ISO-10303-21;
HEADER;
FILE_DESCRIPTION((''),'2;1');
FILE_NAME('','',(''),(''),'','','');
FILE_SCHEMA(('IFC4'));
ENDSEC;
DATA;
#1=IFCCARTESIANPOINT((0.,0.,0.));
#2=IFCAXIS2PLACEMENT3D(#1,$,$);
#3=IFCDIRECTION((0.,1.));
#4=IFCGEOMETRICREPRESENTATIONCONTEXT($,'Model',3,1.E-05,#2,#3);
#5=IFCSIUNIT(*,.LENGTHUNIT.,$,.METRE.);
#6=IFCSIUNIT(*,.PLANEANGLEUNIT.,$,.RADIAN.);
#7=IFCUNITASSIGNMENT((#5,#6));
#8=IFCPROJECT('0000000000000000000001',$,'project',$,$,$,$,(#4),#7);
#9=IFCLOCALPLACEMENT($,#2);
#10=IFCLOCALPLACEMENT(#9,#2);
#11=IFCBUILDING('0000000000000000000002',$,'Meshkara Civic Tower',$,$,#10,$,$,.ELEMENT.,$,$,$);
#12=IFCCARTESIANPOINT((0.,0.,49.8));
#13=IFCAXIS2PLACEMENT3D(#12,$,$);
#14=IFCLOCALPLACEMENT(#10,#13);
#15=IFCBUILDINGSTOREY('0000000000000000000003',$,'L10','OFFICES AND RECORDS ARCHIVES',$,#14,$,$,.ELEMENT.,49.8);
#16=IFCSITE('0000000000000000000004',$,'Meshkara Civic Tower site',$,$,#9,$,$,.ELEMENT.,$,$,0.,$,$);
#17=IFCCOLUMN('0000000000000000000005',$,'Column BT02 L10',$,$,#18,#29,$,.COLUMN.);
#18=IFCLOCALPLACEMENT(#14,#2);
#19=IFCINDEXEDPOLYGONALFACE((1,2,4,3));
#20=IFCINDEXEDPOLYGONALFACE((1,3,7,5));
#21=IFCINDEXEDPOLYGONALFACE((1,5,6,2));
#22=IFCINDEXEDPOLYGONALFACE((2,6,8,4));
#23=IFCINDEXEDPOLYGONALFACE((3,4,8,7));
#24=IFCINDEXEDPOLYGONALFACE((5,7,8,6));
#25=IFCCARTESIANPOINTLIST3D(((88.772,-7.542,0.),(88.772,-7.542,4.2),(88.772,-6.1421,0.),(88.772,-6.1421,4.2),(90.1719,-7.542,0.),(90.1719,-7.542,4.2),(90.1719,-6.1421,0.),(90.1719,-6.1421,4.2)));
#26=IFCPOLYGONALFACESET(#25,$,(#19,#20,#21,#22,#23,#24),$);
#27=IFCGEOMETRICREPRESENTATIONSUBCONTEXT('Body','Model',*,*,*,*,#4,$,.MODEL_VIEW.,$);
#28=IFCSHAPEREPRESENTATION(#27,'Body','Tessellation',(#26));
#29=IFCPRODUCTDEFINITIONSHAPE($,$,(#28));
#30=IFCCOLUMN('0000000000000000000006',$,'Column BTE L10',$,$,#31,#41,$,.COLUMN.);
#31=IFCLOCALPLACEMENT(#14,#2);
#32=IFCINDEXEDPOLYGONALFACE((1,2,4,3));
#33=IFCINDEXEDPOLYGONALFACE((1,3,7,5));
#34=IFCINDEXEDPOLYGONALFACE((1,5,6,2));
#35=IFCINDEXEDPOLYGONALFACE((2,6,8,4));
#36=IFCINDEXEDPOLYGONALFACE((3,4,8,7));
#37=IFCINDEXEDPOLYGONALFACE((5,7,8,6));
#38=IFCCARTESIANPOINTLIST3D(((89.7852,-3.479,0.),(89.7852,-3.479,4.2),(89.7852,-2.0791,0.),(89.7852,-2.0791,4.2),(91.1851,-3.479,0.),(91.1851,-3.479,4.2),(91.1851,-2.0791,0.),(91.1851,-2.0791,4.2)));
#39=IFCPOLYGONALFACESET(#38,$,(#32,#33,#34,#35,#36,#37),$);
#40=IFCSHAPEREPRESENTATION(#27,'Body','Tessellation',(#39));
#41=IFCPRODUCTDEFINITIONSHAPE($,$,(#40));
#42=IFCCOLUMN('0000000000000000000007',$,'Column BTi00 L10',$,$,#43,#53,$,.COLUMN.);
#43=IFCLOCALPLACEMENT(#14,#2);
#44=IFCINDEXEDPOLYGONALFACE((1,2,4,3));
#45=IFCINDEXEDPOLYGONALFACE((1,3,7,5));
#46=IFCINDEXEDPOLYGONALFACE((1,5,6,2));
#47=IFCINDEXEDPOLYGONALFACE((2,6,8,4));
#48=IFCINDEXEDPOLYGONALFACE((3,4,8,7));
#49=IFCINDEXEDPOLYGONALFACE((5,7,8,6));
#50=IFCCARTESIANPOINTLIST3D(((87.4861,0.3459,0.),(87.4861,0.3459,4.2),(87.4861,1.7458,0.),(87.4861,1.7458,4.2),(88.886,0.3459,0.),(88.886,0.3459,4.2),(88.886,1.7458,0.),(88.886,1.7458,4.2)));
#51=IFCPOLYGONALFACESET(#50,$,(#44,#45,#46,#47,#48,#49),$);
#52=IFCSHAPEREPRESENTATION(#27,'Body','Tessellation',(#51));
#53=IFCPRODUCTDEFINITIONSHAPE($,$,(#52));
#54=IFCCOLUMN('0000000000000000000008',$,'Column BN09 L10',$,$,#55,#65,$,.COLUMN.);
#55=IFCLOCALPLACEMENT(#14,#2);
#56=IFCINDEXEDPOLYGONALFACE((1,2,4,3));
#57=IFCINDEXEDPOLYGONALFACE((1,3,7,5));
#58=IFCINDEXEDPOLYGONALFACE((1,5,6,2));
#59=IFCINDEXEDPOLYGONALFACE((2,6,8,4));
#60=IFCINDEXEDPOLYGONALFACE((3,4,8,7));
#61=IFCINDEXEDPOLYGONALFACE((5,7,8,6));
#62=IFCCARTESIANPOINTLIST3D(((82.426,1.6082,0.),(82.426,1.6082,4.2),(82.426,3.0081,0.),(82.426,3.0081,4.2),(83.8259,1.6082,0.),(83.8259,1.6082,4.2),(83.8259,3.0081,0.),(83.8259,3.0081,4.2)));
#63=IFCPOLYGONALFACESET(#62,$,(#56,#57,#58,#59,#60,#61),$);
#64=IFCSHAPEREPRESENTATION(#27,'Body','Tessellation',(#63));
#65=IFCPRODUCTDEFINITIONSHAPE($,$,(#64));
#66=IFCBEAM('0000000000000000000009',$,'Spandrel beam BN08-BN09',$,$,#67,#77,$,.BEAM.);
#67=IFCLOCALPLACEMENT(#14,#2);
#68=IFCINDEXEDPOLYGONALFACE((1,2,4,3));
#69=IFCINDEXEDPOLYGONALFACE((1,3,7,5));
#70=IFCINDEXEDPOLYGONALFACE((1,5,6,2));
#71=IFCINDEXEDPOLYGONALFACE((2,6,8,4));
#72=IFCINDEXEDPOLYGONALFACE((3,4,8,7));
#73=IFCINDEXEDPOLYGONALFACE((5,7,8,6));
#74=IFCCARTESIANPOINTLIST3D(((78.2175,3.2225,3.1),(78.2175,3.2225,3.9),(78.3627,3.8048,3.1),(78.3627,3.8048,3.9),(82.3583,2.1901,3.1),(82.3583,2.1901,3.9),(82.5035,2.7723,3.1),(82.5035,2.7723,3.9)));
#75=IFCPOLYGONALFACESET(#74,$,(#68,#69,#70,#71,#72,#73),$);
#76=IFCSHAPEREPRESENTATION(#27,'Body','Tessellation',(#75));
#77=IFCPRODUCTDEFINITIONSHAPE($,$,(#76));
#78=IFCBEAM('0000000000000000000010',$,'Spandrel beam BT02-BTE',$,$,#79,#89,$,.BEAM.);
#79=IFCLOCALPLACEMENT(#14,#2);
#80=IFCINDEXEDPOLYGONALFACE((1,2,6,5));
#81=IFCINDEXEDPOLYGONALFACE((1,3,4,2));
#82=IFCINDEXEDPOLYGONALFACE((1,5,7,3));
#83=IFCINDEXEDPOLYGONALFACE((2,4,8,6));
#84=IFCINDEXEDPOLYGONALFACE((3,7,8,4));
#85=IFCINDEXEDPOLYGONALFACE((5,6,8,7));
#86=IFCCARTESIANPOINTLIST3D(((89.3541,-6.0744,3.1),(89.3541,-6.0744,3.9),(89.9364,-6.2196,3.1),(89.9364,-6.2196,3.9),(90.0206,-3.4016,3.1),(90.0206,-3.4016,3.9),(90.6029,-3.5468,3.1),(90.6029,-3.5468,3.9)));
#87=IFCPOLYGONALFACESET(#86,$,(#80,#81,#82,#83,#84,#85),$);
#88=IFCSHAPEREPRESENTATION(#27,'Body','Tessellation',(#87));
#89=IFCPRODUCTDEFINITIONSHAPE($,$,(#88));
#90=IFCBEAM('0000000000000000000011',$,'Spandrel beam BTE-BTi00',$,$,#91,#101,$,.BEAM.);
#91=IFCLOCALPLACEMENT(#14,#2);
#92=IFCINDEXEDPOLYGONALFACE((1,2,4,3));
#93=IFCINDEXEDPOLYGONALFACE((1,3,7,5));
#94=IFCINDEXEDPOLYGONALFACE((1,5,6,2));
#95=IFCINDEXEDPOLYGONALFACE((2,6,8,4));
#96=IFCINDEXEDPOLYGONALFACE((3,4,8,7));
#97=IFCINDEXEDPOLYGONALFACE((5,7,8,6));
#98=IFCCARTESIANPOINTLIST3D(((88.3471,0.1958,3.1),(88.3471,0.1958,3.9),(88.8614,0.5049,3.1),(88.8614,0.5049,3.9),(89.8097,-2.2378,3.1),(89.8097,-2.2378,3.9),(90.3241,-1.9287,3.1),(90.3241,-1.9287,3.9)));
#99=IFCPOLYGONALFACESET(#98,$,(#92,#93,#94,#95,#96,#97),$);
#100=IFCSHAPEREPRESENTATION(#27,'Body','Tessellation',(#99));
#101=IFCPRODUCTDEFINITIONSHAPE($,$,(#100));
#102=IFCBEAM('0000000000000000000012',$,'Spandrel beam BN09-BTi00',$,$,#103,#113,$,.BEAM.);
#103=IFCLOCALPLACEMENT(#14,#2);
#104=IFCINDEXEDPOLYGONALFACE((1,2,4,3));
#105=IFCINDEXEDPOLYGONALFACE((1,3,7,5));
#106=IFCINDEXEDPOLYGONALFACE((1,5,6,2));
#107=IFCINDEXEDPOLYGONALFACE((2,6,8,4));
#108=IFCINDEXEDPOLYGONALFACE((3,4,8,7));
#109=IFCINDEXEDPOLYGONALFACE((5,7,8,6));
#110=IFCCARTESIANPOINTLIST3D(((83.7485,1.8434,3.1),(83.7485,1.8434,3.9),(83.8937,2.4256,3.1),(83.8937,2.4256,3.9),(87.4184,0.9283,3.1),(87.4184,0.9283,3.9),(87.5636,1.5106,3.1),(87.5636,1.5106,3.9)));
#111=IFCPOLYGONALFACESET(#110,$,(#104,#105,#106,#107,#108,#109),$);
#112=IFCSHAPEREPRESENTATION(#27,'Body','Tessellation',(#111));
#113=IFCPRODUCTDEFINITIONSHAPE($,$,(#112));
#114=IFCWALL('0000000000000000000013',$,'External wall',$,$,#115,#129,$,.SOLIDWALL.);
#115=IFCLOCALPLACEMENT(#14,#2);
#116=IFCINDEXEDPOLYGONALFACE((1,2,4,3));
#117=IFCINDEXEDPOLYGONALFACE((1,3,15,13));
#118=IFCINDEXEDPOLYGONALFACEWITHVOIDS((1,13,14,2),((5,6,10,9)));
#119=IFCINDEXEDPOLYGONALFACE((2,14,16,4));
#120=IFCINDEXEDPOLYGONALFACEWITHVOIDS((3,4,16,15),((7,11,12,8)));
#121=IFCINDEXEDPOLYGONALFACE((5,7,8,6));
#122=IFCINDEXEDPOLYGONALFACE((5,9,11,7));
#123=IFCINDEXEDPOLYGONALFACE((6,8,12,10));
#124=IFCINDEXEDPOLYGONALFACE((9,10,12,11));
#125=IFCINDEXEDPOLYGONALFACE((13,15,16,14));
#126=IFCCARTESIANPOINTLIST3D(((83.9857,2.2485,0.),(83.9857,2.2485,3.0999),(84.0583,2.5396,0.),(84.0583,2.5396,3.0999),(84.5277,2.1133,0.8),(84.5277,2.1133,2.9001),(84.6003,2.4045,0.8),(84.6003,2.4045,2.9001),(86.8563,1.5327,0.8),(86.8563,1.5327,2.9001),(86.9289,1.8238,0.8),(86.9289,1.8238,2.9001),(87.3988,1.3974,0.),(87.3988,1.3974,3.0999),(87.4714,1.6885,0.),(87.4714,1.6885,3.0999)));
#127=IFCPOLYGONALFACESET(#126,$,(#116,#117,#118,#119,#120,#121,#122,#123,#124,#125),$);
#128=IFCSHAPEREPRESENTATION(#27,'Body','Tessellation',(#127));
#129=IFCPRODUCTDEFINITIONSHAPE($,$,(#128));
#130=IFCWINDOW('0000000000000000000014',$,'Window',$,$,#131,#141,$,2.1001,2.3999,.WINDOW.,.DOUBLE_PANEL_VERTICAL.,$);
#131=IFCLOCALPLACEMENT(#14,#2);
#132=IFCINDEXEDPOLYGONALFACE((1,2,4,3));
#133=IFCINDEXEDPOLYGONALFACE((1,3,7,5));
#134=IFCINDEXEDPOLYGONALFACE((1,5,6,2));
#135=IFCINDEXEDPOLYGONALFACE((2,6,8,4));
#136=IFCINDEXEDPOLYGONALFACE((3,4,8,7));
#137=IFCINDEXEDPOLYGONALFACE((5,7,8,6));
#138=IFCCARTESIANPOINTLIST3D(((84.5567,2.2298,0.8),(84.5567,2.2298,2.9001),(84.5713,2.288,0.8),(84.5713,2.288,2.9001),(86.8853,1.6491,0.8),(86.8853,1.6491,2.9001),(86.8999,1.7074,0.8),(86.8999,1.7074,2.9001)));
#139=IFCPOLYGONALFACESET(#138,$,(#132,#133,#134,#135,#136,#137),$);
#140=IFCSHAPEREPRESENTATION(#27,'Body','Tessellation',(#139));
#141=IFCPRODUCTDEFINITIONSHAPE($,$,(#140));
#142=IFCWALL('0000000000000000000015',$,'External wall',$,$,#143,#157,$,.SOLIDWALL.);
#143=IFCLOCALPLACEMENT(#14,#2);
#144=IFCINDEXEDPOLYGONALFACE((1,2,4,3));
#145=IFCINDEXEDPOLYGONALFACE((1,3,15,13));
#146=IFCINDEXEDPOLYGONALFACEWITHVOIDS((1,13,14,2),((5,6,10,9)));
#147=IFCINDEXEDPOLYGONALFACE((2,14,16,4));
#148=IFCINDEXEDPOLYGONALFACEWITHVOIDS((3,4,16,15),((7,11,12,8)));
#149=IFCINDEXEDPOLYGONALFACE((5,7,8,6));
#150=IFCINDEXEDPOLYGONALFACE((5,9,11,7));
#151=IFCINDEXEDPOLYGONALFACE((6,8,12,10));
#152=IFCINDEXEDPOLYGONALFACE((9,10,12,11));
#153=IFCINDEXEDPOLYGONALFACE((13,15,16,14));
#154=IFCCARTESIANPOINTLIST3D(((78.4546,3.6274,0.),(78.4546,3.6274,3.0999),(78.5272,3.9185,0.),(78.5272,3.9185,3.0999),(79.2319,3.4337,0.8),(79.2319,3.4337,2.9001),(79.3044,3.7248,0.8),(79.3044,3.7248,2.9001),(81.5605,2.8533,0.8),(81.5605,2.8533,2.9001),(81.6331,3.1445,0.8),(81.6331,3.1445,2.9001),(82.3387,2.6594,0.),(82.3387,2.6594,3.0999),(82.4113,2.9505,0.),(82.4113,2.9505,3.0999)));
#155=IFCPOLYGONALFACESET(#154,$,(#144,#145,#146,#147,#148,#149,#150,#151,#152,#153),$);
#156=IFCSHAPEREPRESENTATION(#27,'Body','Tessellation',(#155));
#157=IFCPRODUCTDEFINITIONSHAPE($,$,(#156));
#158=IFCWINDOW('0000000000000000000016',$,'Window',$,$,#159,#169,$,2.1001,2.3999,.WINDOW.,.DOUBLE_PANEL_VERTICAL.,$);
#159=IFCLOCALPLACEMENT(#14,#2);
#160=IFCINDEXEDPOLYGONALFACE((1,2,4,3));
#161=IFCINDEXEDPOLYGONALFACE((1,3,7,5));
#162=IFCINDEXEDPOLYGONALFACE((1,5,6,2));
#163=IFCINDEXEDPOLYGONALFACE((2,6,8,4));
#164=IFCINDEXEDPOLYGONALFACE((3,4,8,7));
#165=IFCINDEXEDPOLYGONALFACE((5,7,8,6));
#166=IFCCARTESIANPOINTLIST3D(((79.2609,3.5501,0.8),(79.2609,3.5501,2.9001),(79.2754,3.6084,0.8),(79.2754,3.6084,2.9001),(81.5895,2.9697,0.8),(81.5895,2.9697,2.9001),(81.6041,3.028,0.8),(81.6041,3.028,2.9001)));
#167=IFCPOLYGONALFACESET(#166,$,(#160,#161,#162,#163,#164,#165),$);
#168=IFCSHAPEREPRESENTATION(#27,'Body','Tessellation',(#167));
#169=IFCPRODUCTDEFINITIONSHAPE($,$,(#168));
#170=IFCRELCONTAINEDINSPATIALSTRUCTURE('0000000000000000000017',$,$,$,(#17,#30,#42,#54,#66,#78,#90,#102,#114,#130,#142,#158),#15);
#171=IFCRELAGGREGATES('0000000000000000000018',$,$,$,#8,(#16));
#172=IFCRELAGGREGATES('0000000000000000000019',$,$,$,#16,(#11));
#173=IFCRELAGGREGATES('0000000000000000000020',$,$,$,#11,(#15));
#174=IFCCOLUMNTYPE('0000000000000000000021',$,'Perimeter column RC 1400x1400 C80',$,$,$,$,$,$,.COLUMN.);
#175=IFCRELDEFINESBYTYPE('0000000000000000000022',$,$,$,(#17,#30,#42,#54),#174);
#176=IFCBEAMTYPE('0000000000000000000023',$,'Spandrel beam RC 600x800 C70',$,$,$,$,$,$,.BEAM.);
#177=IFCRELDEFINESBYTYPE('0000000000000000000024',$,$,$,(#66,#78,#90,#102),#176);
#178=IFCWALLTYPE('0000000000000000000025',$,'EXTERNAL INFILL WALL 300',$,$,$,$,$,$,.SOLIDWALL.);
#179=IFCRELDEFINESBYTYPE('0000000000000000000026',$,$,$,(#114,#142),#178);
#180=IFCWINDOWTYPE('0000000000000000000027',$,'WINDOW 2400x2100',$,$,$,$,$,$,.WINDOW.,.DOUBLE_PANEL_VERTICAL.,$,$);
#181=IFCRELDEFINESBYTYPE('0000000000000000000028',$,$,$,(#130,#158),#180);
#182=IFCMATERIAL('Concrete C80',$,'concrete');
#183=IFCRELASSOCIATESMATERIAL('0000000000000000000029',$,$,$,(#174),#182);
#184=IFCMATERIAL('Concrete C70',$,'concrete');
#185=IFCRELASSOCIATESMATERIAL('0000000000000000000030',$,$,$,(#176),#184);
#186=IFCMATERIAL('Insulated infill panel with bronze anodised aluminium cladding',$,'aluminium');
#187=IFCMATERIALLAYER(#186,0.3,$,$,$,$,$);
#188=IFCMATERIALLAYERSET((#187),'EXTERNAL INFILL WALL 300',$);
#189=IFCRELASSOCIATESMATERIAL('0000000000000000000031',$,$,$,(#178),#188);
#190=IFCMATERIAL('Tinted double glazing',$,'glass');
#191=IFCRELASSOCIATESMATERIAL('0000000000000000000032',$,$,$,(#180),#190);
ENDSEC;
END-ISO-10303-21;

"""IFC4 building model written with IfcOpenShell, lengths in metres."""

from ifc_helpers import new_model, si_unit, direction, frame, frame_2d, origin, origin_2d, place, context, subcontext, project, spatial, rectangle, extrude, material, layer, layer_set, material_profile, profile_set, type_object, element, fill, save


model = new_model("IFC4")

# Units and contexts
model_context = context("Model", 3, precision=1e-05, world=origin(), true_north=direction((0.0, 1.0)))
body_context = subcontext(model_context, "Body", "Model", "MODEL_VIEW")
ifc_project = project(units=[si_unit("LENGTHUNIT", "METRE"), si_unit("PLANEANGLEUNIT", "RADIAN")], contexts=[model_context])

# Site, building, storey
site_placement = place(None, origin())
site = spatial("IfcSite", under=ifc_project, at=site_placement, Name="Meshkara Civic Tower site", CompositionType="ELEMENT", RefElevation=0.0)
building_placement = place(site_placement, origin())
building = spatial("IfcBuilding", under=site, at=building_placement, Name="Meshkara Civic Tower", CompositionType="ELEMENT")
storey_placement = place(building_placement, frame((0.0, 0.0, 49.8)))
storey = spatial("IfcBuildingStorey", under=building, at=storey_placement, Name="L10", Description="OFFICES AND RECORDS ARCHIVES", CompositionType="ELEMENT", Elevation=49.8)

# Columns
ifc_material_1 = material(Name="Concrete C80", Category="concrete")
ifc_material_profile_1 = material_profile(ifc_material_1, rectangle(XDim=1.3999, YDim=1.3999, at=origin_2d()))
ifc_profile_set_1 = profile_set([ifc_material_profile_1], Name="Concrete C80")
column_type = type_object("IfcColumnType", Name="Perimeter column RC 1400x1400 C80", PredefinedType="COLUMN", material=ifc_profile_set_1)
for number, where, z_axis, x_axis, name in (
    (1, (89.4719, -6.842, 0.0), (0.0, 0.0, 1.0), (1.0, 0.0, 0.0), "Column BT02 L10"),
    (2, (90.4851, -2.7791, 0.0), (0.0, 0.0, 1.0), (1.0, 0.0, 0.0), "Column BTE L10"),
    (3, (88.186, 1.0459, 0.0), (0.0, 0.0, 1.0), (1.0, 0.0, 0.0), "Column BTi00 L10"),
    (4, (83.126, 2.3081, 0.0), (0.0, 0.0, 1.0), (1.0, 0.0, 0.0), "Column BN09 L10"),
):
    element("IfcColumn", number, at=place(storey_placement, frame(where, z_axis=z_axis, x_axis=x_axis)), inside=storey, type_object=column_type, Name=name, PredefinedType="COLUMN", context=body_context, shape_type="SweptSolid", body=[
        extrude(rectangle(XDim=1.3999, YDim=1.3999, at=origin_2d()), origin(), (0.0, 0.0, 1.0), 4.2),
    ])

# Beams
ifc_material_2 = material(Name="Concrete C70", Category="concrete")
ifc_material_profile_2 = material_profile(ifc_material_2, rectangle(XDim=0.6001, YDim=0.8, at=origin_2d()))
ifc_profile_set_2 = profile_set([ifc_material_profile_2], Name="Concrete C70")
beam_type = type_object("IfcBeamType", Name="Spandrel beam RC 600x800 C70", PredefinedType="BEAM", material=ifc_profile_set_2)
beam_1_placement = place(storey_placement, frame((82.4309, 2.4812, 3.5), z_axis=(-0.970294, 0.24193, 0.0), x_axis=(-0.24193, -0.970294, 0.0)))
element("IfcBeam", 5, at=beam_1_placement, inside=storey, type_object=beam_type, Name="Spandrel beam BN08-BN09", PredefinedType="BEAM", context=body_context, shape_type="SweptSolid", body=[
    extrude(rectangle(XDim=0.6001, YDim=0.8, at=origin_2d()), origin(), (0.0, 0.0, 1.0), 4.2676),
])
beam_2_placement = place(storey_placement, frame((89.6453, -6.147, 3.5), z_axis=(0.241952, 0.970288, 0.0), x_axis=(-0.970288, 0.241952, 0.0)))
element("IfcBeam", 6, at=beam_2_placement, inside=storey, type_object=beam_type, Name="Spandrel beam BT02-BTE", PredefinedType="BEAM", context=body_context, shape_type="SweptSolid", body=[
    extrude(rectangle(XDim=0.6001, YDim=0.8, at=origin_2d()), origin(), (0.0, 0.0, 1.0), 2.7546),
])
beam_3_placement = place(storey_placement, frame((90.0669, -2.0833, 3.5), z_axis=(-0.515141, 0.857106, 0.0), x_axis=(-0.857106, -0.515141, 0.0)))
element("IfcBeam", 7, at=beam_3_placement, inside=storey, type_object=beam_type, Name="Spandrel beam BTE-BTi00", PredefinedType="BEAM", context=body_context, shape_type="SweptSolid", body=[
    extrude(rectangle(XDim=0.6001, YDim=0.8, at=origin_2d()), origin(), (0.0, 0.0, 1.0), 2.8394),
])
beam_4_placement = place(storey_placement, frame((87.491, 1.2195, 3.5), z_axis=(-0.970294, 0.241928, 0.0), x_axis=(-0.241928, -0.970294, 0.0)))
element("IfcBeam", 8, at=beam_4_placement, inside=storey, type_object=beam_type, Name="Spandrel beam BN09-BTi00", PredefinedType="BEAM", context=body_context, shape_type="SweptSolid", body=[
    extrude(rectangle(XDim=0.6001, YDim=0.8, at=origin_2d()), origin(), (0.0, 0.0, 1.0), 3.7822),
])

# Walls, openings, windows
ifc_material_3 = material(Name="Insulated infill panel with bronze anodised aluminium cladding", Category="aluminium")
ifc_layer_1 = layer(ifc_material_3, 0.3)
ifc_layer_set_1 = layer_set([ifc_layer_1], Name="EXTERNAL INFILL WALL 300")
wall_type = type_object("IfcWallType", Name="EXTERNAL INFILL WALL 300", PredefinedType="SOLIDWALL", material=ifc_layer_set_1)
wall_1_placement = place(storey_placement, frame((87.4351, 1.543, 0.0), z_axis=(0.0, 0.0, 1.0), x_axis=(-0.970289, 0.241948, 0.0)))
wall_1 = element("IfcWall", 9, at=wall_1_placement, inside=storey, type_object=wall_type, Name="External wall", PredefinedType="SOLIDWALL", context=body_context, shape_type="SweptSolid", body=[
    extrude(rectangle(XDim=3.5176, YDim=0.3, at=frame_2d((1.7588, 0.0))), origin(), (0.0, 0.0, 1.0), 3.0999),
])
opening_1_placement = place(wall_1_placement, frame((0.5591, 0.0, 0.8)))
opening_1 = element("IfcOpeningElement", 10, at=opening_1_placement, cuts=wall_1, PredefinedType="OPENING", context=body_context, shape_type="SweptSolid", body=[
    extrude(rectangle(XDim=2.3999, YDim=2.1001, at=frame_2d((1.2, 1.05))), frame((0.0, 0.1599, 0.0), z_axis=(0.0, -1.0, 0.0), x_axis=(1.0, 0.0, 0.0)), (0.0, 0.0, 1.0), 0.3201),
])
ifc_material_4 = material(Name="Tinted double glazing", Category="glass")
window_type_1 = type_object("IfcWindowType", Name="WINDOW 2400x2100", PartitioningType="DOUBLE_PANEL_VERTICAL", PredefinedType="WINDOW", material=ifc_material_4)
window_1_placement = place(opening_1_placement, origin())
window_1 = element("IfcWindow", 11, at=window_1_placement, inside=storey, type_object=window_type_1, Name="Window", OverallHeight=2.1001, OverallWidth=2.3999, PartitioningType="DOUBLE_PANEL_VERTICAL", PredefinedType="WINDOW", context=body_context, shape_type="SweptSolid", body=[
    extrude(rectangle(XDim=2.3999, YDim=2.1001, at=frame_2d((1.2, 1.05))), frame((0.0, 0.03, 0.0), z_axis=(0.0, -1.0, 0.0), x_axis=(1.0, 0.0, 0.0)), (0.0, 0.0, 1.0), 0.0601),
])
fill(opening_1, window_1)
wall_2_placement = place(storey_placement, frame((82.375, 2.8049, 0.0), z_axis=(0.0, 0.0, 1.0), x_axis=(-0.970318, 0.241832, 0.0)))
wall_2 = element("IfcWall", 12, at=wall_2_placement, inside=storey, type_object=wall_type, Name="External wall", PredefinedType="SOLIDWALL", context=body_context, shape_type="SweptSolid", body=[
    extrude(rectangle(XDim=4.0029, YDim=0.3, at=frame_2d((2.0015, 0.0))), origin(), (0.0, 0.0, 1.0), 3.0999),
])
opening_2_placement = place(wall_2_placement, frame((0.802, 0.0, 0.8)))
opening_2 = element("IfcOpeningElement", 13, at=opening_2_placement, cuts=wall_2, PredefinedType="OPENING", context=body_context, shape_type="SweptSolid", body=[
    extrude(rectangle(XDim=2.3999, YDim=2.1001, at=frame_2d((1.2, 1.05))), frame((0.0, 0.1599, 0.0), z_axis=(0.0, -1.0, 0.0), x_axis=(1.0, 0.0, 0.0)), (0.0, 0.0, 1.0), 0.3201),
])
window_2_placement = place(opening_2_placement, origin())
window_2 = element("IfcWindow", 14, at=window_2_placement, inside=storey, type_object=window_type_1, Name="Window", OverallHeight=2.1001, OverallWidth=2.3999, PartitioningType="DOUBLE_PANEL_VERTICAL", PredefinedType="WINDOW", context=body_context, shape_type="SweptSolid", body=[
    extrude(rectangle(XDim=2.3999, YDim=2.1001, at=frame_2d((1.2, 1.05))), frame((0.0, 0.03, 0.0), z_axis=(0.0, -1.0, 0.0), x_axis=(1.0, 0.0, 0.0)), (0.0, 0.0, 1.0), 0.0601),
])
fill(opening_2, window_2)

save(model, "model.ifc")
